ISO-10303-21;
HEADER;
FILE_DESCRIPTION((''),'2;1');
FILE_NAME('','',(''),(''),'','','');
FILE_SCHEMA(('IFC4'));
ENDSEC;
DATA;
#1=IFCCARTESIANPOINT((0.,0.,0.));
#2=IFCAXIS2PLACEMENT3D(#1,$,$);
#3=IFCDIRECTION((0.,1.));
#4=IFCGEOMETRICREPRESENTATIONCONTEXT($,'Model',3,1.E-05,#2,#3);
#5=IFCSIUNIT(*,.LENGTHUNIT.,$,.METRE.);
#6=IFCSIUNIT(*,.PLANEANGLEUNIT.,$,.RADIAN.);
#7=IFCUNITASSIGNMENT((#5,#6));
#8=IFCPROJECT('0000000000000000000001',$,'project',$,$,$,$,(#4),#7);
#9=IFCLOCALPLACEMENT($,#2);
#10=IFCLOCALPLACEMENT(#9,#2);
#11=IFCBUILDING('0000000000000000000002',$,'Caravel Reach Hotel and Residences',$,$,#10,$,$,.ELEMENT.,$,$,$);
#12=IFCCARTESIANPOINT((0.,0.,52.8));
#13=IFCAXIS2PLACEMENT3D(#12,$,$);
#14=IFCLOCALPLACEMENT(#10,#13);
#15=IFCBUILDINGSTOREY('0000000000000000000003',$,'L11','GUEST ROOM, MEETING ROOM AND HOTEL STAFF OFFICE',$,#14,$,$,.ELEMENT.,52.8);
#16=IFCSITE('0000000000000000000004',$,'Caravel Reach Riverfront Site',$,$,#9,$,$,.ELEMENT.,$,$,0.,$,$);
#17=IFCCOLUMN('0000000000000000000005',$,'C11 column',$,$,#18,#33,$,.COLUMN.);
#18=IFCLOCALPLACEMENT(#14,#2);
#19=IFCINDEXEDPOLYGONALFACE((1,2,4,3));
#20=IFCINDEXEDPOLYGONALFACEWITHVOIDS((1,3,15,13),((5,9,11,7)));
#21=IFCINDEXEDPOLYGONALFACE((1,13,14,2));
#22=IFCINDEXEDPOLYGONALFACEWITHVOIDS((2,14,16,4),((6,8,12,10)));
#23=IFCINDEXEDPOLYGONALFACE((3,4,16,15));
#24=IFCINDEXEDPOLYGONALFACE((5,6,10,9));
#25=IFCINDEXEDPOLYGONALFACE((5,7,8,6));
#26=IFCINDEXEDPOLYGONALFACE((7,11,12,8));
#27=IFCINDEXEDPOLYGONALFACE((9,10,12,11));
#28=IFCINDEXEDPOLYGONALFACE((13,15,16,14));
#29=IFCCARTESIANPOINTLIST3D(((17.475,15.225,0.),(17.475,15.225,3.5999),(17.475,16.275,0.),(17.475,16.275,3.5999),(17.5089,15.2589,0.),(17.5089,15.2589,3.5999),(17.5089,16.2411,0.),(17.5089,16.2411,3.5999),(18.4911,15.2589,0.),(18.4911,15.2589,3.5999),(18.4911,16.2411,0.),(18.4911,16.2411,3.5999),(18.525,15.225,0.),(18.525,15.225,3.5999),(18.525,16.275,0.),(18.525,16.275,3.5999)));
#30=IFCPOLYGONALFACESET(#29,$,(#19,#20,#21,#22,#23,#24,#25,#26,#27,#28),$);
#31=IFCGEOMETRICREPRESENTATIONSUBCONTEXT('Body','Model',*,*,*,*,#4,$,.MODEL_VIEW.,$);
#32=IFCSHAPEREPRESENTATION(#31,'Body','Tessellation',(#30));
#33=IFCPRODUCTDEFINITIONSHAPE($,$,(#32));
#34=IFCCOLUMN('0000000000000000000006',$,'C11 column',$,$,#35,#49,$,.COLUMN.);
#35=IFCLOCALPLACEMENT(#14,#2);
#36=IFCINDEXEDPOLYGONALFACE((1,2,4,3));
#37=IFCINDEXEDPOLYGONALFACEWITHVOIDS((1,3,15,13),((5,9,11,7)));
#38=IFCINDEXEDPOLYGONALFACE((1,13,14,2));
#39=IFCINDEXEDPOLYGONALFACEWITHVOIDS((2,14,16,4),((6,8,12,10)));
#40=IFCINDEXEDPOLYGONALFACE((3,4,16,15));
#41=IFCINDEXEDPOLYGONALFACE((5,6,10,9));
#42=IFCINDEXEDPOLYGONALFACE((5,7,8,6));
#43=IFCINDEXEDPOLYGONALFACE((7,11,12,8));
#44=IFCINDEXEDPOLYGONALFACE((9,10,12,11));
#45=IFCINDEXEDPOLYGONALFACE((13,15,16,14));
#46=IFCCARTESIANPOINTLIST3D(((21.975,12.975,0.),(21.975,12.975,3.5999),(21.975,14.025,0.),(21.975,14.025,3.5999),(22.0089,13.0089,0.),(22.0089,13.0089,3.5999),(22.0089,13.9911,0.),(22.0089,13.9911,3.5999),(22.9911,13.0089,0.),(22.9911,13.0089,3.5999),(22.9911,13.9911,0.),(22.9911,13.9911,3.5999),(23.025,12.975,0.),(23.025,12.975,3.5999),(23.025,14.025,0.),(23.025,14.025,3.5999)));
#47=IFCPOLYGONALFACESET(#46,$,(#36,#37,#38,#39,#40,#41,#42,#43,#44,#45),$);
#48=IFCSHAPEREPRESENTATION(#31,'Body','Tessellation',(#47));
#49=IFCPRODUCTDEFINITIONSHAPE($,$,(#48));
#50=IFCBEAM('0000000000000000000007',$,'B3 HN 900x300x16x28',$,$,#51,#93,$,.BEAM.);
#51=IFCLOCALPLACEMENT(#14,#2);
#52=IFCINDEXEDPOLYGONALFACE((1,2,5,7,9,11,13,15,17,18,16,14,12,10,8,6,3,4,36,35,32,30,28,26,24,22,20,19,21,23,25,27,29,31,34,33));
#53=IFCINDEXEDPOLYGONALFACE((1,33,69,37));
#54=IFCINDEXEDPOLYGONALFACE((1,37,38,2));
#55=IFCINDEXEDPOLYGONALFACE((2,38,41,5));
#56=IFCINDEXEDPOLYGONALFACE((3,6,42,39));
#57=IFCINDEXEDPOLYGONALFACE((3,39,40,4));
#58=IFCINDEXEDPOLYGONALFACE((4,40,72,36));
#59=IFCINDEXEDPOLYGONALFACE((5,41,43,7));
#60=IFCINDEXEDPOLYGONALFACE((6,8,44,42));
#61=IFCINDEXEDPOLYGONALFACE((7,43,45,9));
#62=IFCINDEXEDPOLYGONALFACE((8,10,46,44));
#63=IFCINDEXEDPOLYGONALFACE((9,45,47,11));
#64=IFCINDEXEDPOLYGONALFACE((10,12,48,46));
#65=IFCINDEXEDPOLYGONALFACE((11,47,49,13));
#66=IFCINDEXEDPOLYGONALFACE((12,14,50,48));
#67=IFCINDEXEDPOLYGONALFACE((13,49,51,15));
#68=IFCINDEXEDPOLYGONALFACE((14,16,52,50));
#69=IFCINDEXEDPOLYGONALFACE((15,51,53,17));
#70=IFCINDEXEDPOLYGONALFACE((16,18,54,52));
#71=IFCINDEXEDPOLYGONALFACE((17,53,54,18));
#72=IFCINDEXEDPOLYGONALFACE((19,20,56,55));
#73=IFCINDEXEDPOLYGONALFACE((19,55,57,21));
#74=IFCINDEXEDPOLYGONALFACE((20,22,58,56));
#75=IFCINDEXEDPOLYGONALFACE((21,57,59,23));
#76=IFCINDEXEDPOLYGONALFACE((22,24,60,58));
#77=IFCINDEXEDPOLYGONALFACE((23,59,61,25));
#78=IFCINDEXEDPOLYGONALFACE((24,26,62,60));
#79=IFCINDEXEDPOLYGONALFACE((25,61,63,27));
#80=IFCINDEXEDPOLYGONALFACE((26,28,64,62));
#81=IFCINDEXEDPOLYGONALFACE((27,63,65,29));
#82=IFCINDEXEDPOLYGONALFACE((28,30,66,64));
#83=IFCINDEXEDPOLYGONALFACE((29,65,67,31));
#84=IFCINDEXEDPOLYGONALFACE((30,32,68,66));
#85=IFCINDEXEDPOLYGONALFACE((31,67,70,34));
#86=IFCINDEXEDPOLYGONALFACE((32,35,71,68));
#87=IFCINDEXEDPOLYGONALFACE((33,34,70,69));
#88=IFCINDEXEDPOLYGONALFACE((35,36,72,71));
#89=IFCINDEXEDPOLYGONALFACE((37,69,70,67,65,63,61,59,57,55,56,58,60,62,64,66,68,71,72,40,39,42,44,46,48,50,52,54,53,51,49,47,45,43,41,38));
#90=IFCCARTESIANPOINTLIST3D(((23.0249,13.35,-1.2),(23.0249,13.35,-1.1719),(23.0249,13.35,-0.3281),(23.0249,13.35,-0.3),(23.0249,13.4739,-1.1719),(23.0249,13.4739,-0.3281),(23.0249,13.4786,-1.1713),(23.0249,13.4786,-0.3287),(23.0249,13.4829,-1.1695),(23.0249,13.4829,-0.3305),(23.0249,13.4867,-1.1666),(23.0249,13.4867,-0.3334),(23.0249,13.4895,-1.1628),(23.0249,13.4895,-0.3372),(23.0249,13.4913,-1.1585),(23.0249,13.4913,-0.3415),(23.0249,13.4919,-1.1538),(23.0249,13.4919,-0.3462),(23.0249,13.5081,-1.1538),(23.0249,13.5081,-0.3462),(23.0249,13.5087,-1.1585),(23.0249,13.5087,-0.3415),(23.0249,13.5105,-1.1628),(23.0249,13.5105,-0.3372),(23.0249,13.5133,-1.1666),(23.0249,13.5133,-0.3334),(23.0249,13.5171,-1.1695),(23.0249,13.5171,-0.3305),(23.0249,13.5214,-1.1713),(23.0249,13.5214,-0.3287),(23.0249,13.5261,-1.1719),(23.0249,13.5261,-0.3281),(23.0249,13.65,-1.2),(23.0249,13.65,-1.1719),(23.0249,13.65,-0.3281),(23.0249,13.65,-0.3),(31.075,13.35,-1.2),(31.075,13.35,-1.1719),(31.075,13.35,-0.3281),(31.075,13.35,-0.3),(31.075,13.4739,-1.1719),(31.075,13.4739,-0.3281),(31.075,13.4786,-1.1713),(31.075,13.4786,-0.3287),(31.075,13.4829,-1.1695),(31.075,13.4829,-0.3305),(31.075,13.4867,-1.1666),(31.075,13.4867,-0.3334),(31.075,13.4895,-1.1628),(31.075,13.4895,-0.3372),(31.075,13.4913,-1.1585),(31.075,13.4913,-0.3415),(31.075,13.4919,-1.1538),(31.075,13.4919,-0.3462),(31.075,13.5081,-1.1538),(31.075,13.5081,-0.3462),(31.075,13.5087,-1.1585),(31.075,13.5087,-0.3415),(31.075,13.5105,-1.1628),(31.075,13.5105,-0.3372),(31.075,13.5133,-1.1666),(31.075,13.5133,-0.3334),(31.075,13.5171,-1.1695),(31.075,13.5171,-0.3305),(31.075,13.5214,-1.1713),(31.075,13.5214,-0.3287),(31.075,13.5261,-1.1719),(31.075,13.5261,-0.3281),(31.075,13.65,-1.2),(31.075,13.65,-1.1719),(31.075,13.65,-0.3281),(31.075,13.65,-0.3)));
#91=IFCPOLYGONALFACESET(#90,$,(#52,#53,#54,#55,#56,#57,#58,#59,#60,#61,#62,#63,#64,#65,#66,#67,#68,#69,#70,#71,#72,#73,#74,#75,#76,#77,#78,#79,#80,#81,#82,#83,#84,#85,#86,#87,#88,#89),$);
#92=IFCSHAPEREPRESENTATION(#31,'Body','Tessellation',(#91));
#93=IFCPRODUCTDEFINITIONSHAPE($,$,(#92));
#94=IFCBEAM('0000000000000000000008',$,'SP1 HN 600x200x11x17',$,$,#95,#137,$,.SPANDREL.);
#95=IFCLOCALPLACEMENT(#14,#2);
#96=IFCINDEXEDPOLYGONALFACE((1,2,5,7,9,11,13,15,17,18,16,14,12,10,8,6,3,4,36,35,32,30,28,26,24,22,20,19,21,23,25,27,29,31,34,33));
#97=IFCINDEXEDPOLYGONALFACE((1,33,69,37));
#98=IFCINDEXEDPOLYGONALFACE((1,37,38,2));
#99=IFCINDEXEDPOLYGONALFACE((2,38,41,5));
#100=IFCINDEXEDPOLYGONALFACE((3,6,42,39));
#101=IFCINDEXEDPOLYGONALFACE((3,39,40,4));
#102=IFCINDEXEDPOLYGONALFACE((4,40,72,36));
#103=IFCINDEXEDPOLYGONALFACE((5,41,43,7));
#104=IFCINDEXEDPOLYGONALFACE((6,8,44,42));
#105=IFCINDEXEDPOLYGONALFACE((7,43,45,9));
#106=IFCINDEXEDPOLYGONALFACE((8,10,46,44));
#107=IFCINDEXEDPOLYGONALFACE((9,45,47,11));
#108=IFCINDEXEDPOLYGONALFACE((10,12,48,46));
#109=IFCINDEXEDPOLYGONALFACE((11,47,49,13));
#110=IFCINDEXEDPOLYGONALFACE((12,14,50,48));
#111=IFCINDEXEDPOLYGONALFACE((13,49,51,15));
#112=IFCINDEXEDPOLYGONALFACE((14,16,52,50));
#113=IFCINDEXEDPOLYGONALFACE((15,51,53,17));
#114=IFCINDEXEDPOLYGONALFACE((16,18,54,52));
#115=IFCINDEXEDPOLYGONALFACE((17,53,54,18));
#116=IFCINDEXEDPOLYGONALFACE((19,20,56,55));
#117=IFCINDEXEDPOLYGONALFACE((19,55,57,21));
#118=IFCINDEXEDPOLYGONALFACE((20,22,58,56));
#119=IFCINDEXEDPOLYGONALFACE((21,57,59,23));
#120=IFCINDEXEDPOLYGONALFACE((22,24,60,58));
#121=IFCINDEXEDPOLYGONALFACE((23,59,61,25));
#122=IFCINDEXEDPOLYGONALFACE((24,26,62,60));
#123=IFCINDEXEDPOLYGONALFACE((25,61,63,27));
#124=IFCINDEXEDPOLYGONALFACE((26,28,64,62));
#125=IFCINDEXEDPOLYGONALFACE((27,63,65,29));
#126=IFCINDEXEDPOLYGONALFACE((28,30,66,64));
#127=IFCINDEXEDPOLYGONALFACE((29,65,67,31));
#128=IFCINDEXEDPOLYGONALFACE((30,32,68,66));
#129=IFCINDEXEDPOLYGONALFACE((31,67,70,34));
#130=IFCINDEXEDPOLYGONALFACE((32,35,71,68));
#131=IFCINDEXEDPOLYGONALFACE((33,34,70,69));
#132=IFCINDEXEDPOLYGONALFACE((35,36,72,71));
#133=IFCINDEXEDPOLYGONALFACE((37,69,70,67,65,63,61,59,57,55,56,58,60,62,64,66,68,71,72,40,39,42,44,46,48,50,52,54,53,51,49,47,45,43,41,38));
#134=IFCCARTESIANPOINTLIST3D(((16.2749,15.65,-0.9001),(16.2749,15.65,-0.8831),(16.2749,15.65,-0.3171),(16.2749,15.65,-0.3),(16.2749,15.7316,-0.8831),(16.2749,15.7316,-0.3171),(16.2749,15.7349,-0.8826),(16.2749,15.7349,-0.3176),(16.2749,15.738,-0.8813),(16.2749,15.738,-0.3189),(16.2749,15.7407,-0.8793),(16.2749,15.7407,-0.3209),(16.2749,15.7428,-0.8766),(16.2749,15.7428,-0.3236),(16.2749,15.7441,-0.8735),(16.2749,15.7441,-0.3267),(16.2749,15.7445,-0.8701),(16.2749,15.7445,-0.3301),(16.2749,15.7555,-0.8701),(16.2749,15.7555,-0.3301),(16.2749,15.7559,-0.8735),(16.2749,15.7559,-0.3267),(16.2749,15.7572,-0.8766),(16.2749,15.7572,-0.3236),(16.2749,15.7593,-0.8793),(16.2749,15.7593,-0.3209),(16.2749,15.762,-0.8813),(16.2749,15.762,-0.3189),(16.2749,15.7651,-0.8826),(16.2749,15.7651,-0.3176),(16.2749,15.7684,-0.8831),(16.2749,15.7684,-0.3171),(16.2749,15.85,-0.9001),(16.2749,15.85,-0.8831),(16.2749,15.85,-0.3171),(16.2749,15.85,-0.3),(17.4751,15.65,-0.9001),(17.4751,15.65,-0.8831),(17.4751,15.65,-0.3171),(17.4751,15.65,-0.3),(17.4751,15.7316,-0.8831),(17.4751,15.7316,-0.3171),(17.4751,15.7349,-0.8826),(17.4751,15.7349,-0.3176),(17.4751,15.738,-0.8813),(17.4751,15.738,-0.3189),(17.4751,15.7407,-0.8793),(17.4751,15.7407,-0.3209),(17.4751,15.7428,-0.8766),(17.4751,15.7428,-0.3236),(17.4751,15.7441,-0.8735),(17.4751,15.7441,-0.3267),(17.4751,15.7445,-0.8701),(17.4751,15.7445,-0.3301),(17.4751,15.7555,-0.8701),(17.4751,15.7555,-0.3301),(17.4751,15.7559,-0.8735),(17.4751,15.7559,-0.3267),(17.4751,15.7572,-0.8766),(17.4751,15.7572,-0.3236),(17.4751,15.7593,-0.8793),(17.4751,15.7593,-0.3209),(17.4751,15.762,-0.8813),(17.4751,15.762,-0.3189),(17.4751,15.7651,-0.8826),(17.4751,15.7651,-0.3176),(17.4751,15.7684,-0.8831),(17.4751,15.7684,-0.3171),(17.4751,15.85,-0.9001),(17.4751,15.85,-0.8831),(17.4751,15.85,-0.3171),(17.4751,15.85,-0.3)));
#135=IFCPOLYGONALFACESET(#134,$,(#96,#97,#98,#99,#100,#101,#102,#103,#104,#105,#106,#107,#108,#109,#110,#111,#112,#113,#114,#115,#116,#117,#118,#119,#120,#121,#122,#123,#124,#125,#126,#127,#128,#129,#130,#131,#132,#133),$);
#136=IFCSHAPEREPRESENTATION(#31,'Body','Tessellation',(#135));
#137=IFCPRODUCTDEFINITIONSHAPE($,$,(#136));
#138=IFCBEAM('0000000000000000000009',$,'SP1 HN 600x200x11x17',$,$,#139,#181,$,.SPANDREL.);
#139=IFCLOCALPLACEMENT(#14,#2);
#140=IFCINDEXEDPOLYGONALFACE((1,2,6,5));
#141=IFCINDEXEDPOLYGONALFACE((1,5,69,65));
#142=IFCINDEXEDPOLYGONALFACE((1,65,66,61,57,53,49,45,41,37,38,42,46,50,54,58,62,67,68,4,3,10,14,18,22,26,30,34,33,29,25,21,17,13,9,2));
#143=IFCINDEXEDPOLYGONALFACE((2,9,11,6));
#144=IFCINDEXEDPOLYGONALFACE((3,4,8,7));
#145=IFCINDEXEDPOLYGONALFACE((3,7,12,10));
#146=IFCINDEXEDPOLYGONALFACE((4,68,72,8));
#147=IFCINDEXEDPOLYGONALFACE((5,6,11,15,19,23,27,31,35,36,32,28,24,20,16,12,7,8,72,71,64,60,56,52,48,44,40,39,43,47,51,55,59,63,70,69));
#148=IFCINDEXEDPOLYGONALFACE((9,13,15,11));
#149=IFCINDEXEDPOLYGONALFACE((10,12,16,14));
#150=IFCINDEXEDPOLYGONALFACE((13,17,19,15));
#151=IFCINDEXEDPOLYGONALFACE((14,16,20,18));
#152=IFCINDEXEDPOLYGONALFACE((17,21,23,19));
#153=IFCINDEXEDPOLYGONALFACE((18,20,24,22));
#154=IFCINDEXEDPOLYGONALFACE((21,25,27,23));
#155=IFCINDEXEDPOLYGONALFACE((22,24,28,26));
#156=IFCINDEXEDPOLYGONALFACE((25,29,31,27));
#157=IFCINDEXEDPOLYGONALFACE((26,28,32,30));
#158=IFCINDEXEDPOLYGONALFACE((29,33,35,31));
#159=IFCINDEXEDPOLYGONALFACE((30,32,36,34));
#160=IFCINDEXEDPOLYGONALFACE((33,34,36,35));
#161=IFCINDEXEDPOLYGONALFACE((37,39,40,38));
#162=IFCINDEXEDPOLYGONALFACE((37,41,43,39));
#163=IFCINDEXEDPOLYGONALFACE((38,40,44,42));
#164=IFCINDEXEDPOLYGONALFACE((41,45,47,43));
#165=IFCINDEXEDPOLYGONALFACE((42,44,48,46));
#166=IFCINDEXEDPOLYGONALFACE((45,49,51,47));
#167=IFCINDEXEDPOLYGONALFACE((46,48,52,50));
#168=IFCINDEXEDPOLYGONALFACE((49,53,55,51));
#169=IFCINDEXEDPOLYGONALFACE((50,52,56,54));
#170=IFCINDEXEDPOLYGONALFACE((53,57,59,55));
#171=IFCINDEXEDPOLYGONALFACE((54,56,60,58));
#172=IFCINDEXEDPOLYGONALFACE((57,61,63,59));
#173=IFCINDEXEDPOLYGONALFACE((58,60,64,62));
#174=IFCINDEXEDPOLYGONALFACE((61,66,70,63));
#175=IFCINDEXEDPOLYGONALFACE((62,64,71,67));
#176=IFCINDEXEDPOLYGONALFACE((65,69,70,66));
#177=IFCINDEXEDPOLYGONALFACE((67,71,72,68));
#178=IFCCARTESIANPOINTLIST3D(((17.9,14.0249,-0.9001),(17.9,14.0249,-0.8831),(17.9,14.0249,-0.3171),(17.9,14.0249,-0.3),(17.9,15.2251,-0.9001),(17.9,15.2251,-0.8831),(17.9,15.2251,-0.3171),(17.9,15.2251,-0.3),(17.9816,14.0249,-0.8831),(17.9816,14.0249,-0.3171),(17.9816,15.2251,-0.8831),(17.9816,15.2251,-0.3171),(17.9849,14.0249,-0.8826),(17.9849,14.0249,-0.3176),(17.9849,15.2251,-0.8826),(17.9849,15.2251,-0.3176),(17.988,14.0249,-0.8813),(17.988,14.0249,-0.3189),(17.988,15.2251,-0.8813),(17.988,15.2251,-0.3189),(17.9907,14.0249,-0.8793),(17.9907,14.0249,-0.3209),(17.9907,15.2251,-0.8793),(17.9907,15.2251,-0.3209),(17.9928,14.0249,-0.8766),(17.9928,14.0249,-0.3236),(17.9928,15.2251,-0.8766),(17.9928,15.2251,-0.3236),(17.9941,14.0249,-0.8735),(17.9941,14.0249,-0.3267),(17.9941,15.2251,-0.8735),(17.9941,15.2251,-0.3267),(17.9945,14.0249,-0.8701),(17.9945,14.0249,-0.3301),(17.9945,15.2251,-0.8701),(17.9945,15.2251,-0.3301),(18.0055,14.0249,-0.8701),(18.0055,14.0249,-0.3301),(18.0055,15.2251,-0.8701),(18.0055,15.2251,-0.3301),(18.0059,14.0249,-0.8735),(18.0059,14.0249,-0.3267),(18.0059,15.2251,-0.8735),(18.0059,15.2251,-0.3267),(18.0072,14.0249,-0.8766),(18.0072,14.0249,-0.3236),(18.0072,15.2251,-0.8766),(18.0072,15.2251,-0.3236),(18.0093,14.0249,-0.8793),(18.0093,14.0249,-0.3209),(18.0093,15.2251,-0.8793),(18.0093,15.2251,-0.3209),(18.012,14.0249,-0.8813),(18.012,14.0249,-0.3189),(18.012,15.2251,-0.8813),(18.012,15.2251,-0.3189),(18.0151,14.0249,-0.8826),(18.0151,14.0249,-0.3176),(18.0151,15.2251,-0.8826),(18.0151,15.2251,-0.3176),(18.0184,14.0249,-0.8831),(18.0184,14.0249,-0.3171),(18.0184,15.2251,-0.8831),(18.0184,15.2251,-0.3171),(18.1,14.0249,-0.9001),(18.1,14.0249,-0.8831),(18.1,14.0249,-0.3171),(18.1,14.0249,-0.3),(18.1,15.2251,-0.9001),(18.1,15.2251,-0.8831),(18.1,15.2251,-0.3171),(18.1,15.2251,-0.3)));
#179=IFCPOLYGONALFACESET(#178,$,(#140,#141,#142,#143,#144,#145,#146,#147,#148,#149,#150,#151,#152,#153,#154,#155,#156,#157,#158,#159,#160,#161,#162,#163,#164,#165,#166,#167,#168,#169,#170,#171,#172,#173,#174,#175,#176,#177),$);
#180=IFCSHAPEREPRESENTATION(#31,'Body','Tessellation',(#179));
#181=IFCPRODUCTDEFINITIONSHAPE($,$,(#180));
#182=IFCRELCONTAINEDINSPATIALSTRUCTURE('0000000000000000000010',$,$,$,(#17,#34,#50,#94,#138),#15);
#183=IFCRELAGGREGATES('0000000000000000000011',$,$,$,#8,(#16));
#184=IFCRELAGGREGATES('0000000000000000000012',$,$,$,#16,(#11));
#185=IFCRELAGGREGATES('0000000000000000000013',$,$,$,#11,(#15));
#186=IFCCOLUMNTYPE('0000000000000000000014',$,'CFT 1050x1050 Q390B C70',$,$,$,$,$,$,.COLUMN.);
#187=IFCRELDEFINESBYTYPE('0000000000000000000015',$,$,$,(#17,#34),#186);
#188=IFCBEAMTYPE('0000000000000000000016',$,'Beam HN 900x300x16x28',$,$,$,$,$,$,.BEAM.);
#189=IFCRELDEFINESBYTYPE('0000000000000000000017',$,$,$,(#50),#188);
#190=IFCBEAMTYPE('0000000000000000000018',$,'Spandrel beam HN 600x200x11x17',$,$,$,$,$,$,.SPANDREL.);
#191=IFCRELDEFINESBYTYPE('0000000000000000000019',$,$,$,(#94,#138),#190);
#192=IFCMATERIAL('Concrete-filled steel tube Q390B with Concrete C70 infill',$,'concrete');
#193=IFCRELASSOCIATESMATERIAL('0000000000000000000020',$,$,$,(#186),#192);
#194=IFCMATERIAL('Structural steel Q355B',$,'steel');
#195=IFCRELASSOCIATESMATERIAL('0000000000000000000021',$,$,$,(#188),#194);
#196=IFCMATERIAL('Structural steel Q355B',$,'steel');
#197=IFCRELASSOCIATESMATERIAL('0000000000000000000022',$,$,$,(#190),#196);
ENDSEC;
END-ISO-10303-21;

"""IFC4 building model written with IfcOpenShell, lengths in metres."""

from ifc_helpers import new_model, si_unit, direction, frame, origin, origin_2d, place, context, subcontext, project, spatial, hollow_rectangle, i_section, extrude, material, material_profile, profile_set, type_object, element, save


model = new_model("IFC4")

# Units and contexts
model_context = context("Model", 3, precision=1e-05, world=origin(), true_north=direction((0.0, 1.0)))
body_context = subcontext(model_context, "Body", "Model", "MODEL_VIEW")
ifc_project = project(units=[si_unit("LENGTHUNIT", "METRE"), si_unit("PLANEANGLEUNIT", "RADIAN")], contexts=[model_context])

# Site, building, storey
site_placement = place(None, origin())
site = spatial("IfcSite", under=ifc_project, at=site_placement, Name="Caravel Reach Riverfront Site", CompositionType="ELEMENT", RefElevation=0.0)
building_placement = place(site_placement, origin())
building = spatial("IfcBuilding", under=site, at=building_placement, Name="Caravel Reach Hotel and Residences", CompositionType="ELEMENT")
storey_placement = place(building_placement, frame((0.0, 0.0, 52.8)))
storey = spatial("IfcBuildingStorey", under=building, at=storey_placement, Name="L11", Description="GUEST ROOM, MEETING ROOM AND HOTEL STAFF OFFICE", CompositionType="ELEMENT", Elevation=52.8)

# Columns
ifc_material_1 = material(Name="Concrete-filled steel tube Q390B with Concrete C70 infill", Category="concrete")
ifc_material_profile_1 = material_profile(ifc_material_1, hollow_rectangle(XDim=1.05, YDim=1.05, WallThickness=0.0339, at=origin_2d()), Name="RHS 1050x1050x34")
ifc_profile_set_1 = profile_set([ifc_material_profile_1], Name="Concrete-filled steel tube Q390B with Concrete C70 infill")
column_type = type_object("IfcColumnType", Name="CFT 1050x1050 Q390B C70", PredefinedType="COLUMN", material=ifc_profile_set_1)
for number, where, z_axis, x_axis, name in (
    (1, (18.0, 15.75, 0.0), (0.0, 0.0, 1.0), (1.0, 0.0, 0.0), "C11 column"),
    (2, (22.5, 13.5, 0.0), (0.0, 0.0, 1.0), (1.0, 0.0, 0.0), "C11 column"),
):
    element("IfcColumn", number, at=place(storey_placement, frame(where, z_axis=z_axis, x_axis=x_axis)), inside=storey, type_object=column_type, Name=name, PredefinedType="COLUMN", context=body_context, shape_type="SweptSolid", body=[
        extrude(hollow_rectangle(XDim=1.05, YDim=1.05, WallThickness=0.0339, at=origin_2d()), origin(), (0.0, 0.0, 1.0), 3.5999),
    ])

# Beams
ifc_material_2 = material(Name="Structural steel Q355B", Category="steel")
ifc_material_profile_2 = material_profile(ifc_material_2, i_section(OverallWidth=0.3, OverallDepth=0.8999, WebThickness=0.0161, FlangeThickness=0.0281, FilletRadius=0.0181, at=origin_2d()), Name="HN 900x300x16x28")
ifc_profile_set_2 = profile_set([ifc_material_profile_2], Name="Structural steel Q355B")
beam_type_1 = type_object("IfcBeamType", Name="Beam HN 900x300x16x28", PredefinedType="BEAM", material=ifc_profile_set_2)
beam_placement = place(storey_placement, frame((23.0249, 13.5, -0.75), z_axis=(1.0, 0.0, 0.0), x_axis=(0.0, 1.0, 0.0)))
element("IfcBeam", 3, at=beam_placement, inside=storey, type_object=beam_type_1, Name="B3 HN 900x300x16x28", PredefinedType="BEAM", context=body_context, shape_type="SweptSolid", body=[
    extrude(i_section(OverallWidth=0.3, OverallDepth=0.8999, WebThickness=0.0161, FlangeThickness=0.0281, FilletRadius=0.0181, at=origin_2d()), origin(), (0.0, 0.0, 1.0), 8.05),
])
ifc_material_3 = material(Name="Structural steel Q355B", Category="steel")
ifc_material_profile_3 = material_profile(ifc_material_3, i_section(OverallWidth=0.2, OverallDepth=0.6001, WebThickness=0.011, FlangeThickness=0.0171, FilletRadius=0.0129, at=origin_2d()), Name="HN 600x200x11x17")
ifc_profile_set_3 = profile_set([ifc_material_profile_3], Name="Structural steel Q355B")
beam_type_2 = type_object("IfcBeamType", Name="Spandrel beam HN 600x200x11x17", PredefinedType="SPANDREL", material=ifc_profile_set_3)
for number, where, z_axis, x_axis, name in (
    (4, (16.2749, 15.75, -0.6001), (1.0, 0.0, 0.0), (0.0, 1.0, 0.0), "SP1 HN 600x200x11x17"),
    (5, (18.0, 15.2251, -0.6001), (0.0, -1.0, 0.0), (1.0, 0.0, 0.0), "SP1 HN 600x200x11x17"),
):
    element("IfcBeam", number, at=place(storey_placement, frame(where, z_axis=z_axis, x_axis=x_axis)), inside=storey, type_object=beam_type_2, Name=name, PredefinedType="SPANDREL", context=body_context, shape_type="SweptSolid", body=[
        extrude(i_section(OverallWidth=0.2, OverallDepth=0.6001, WebThickness=0.011, FlangeThickness=0.0171, FilletRadius=0.0129, at=origin_2d()), origin(), (0.0, 0.0, 1.0), 1.2002),
    ])

save(model, "model.ifc")
